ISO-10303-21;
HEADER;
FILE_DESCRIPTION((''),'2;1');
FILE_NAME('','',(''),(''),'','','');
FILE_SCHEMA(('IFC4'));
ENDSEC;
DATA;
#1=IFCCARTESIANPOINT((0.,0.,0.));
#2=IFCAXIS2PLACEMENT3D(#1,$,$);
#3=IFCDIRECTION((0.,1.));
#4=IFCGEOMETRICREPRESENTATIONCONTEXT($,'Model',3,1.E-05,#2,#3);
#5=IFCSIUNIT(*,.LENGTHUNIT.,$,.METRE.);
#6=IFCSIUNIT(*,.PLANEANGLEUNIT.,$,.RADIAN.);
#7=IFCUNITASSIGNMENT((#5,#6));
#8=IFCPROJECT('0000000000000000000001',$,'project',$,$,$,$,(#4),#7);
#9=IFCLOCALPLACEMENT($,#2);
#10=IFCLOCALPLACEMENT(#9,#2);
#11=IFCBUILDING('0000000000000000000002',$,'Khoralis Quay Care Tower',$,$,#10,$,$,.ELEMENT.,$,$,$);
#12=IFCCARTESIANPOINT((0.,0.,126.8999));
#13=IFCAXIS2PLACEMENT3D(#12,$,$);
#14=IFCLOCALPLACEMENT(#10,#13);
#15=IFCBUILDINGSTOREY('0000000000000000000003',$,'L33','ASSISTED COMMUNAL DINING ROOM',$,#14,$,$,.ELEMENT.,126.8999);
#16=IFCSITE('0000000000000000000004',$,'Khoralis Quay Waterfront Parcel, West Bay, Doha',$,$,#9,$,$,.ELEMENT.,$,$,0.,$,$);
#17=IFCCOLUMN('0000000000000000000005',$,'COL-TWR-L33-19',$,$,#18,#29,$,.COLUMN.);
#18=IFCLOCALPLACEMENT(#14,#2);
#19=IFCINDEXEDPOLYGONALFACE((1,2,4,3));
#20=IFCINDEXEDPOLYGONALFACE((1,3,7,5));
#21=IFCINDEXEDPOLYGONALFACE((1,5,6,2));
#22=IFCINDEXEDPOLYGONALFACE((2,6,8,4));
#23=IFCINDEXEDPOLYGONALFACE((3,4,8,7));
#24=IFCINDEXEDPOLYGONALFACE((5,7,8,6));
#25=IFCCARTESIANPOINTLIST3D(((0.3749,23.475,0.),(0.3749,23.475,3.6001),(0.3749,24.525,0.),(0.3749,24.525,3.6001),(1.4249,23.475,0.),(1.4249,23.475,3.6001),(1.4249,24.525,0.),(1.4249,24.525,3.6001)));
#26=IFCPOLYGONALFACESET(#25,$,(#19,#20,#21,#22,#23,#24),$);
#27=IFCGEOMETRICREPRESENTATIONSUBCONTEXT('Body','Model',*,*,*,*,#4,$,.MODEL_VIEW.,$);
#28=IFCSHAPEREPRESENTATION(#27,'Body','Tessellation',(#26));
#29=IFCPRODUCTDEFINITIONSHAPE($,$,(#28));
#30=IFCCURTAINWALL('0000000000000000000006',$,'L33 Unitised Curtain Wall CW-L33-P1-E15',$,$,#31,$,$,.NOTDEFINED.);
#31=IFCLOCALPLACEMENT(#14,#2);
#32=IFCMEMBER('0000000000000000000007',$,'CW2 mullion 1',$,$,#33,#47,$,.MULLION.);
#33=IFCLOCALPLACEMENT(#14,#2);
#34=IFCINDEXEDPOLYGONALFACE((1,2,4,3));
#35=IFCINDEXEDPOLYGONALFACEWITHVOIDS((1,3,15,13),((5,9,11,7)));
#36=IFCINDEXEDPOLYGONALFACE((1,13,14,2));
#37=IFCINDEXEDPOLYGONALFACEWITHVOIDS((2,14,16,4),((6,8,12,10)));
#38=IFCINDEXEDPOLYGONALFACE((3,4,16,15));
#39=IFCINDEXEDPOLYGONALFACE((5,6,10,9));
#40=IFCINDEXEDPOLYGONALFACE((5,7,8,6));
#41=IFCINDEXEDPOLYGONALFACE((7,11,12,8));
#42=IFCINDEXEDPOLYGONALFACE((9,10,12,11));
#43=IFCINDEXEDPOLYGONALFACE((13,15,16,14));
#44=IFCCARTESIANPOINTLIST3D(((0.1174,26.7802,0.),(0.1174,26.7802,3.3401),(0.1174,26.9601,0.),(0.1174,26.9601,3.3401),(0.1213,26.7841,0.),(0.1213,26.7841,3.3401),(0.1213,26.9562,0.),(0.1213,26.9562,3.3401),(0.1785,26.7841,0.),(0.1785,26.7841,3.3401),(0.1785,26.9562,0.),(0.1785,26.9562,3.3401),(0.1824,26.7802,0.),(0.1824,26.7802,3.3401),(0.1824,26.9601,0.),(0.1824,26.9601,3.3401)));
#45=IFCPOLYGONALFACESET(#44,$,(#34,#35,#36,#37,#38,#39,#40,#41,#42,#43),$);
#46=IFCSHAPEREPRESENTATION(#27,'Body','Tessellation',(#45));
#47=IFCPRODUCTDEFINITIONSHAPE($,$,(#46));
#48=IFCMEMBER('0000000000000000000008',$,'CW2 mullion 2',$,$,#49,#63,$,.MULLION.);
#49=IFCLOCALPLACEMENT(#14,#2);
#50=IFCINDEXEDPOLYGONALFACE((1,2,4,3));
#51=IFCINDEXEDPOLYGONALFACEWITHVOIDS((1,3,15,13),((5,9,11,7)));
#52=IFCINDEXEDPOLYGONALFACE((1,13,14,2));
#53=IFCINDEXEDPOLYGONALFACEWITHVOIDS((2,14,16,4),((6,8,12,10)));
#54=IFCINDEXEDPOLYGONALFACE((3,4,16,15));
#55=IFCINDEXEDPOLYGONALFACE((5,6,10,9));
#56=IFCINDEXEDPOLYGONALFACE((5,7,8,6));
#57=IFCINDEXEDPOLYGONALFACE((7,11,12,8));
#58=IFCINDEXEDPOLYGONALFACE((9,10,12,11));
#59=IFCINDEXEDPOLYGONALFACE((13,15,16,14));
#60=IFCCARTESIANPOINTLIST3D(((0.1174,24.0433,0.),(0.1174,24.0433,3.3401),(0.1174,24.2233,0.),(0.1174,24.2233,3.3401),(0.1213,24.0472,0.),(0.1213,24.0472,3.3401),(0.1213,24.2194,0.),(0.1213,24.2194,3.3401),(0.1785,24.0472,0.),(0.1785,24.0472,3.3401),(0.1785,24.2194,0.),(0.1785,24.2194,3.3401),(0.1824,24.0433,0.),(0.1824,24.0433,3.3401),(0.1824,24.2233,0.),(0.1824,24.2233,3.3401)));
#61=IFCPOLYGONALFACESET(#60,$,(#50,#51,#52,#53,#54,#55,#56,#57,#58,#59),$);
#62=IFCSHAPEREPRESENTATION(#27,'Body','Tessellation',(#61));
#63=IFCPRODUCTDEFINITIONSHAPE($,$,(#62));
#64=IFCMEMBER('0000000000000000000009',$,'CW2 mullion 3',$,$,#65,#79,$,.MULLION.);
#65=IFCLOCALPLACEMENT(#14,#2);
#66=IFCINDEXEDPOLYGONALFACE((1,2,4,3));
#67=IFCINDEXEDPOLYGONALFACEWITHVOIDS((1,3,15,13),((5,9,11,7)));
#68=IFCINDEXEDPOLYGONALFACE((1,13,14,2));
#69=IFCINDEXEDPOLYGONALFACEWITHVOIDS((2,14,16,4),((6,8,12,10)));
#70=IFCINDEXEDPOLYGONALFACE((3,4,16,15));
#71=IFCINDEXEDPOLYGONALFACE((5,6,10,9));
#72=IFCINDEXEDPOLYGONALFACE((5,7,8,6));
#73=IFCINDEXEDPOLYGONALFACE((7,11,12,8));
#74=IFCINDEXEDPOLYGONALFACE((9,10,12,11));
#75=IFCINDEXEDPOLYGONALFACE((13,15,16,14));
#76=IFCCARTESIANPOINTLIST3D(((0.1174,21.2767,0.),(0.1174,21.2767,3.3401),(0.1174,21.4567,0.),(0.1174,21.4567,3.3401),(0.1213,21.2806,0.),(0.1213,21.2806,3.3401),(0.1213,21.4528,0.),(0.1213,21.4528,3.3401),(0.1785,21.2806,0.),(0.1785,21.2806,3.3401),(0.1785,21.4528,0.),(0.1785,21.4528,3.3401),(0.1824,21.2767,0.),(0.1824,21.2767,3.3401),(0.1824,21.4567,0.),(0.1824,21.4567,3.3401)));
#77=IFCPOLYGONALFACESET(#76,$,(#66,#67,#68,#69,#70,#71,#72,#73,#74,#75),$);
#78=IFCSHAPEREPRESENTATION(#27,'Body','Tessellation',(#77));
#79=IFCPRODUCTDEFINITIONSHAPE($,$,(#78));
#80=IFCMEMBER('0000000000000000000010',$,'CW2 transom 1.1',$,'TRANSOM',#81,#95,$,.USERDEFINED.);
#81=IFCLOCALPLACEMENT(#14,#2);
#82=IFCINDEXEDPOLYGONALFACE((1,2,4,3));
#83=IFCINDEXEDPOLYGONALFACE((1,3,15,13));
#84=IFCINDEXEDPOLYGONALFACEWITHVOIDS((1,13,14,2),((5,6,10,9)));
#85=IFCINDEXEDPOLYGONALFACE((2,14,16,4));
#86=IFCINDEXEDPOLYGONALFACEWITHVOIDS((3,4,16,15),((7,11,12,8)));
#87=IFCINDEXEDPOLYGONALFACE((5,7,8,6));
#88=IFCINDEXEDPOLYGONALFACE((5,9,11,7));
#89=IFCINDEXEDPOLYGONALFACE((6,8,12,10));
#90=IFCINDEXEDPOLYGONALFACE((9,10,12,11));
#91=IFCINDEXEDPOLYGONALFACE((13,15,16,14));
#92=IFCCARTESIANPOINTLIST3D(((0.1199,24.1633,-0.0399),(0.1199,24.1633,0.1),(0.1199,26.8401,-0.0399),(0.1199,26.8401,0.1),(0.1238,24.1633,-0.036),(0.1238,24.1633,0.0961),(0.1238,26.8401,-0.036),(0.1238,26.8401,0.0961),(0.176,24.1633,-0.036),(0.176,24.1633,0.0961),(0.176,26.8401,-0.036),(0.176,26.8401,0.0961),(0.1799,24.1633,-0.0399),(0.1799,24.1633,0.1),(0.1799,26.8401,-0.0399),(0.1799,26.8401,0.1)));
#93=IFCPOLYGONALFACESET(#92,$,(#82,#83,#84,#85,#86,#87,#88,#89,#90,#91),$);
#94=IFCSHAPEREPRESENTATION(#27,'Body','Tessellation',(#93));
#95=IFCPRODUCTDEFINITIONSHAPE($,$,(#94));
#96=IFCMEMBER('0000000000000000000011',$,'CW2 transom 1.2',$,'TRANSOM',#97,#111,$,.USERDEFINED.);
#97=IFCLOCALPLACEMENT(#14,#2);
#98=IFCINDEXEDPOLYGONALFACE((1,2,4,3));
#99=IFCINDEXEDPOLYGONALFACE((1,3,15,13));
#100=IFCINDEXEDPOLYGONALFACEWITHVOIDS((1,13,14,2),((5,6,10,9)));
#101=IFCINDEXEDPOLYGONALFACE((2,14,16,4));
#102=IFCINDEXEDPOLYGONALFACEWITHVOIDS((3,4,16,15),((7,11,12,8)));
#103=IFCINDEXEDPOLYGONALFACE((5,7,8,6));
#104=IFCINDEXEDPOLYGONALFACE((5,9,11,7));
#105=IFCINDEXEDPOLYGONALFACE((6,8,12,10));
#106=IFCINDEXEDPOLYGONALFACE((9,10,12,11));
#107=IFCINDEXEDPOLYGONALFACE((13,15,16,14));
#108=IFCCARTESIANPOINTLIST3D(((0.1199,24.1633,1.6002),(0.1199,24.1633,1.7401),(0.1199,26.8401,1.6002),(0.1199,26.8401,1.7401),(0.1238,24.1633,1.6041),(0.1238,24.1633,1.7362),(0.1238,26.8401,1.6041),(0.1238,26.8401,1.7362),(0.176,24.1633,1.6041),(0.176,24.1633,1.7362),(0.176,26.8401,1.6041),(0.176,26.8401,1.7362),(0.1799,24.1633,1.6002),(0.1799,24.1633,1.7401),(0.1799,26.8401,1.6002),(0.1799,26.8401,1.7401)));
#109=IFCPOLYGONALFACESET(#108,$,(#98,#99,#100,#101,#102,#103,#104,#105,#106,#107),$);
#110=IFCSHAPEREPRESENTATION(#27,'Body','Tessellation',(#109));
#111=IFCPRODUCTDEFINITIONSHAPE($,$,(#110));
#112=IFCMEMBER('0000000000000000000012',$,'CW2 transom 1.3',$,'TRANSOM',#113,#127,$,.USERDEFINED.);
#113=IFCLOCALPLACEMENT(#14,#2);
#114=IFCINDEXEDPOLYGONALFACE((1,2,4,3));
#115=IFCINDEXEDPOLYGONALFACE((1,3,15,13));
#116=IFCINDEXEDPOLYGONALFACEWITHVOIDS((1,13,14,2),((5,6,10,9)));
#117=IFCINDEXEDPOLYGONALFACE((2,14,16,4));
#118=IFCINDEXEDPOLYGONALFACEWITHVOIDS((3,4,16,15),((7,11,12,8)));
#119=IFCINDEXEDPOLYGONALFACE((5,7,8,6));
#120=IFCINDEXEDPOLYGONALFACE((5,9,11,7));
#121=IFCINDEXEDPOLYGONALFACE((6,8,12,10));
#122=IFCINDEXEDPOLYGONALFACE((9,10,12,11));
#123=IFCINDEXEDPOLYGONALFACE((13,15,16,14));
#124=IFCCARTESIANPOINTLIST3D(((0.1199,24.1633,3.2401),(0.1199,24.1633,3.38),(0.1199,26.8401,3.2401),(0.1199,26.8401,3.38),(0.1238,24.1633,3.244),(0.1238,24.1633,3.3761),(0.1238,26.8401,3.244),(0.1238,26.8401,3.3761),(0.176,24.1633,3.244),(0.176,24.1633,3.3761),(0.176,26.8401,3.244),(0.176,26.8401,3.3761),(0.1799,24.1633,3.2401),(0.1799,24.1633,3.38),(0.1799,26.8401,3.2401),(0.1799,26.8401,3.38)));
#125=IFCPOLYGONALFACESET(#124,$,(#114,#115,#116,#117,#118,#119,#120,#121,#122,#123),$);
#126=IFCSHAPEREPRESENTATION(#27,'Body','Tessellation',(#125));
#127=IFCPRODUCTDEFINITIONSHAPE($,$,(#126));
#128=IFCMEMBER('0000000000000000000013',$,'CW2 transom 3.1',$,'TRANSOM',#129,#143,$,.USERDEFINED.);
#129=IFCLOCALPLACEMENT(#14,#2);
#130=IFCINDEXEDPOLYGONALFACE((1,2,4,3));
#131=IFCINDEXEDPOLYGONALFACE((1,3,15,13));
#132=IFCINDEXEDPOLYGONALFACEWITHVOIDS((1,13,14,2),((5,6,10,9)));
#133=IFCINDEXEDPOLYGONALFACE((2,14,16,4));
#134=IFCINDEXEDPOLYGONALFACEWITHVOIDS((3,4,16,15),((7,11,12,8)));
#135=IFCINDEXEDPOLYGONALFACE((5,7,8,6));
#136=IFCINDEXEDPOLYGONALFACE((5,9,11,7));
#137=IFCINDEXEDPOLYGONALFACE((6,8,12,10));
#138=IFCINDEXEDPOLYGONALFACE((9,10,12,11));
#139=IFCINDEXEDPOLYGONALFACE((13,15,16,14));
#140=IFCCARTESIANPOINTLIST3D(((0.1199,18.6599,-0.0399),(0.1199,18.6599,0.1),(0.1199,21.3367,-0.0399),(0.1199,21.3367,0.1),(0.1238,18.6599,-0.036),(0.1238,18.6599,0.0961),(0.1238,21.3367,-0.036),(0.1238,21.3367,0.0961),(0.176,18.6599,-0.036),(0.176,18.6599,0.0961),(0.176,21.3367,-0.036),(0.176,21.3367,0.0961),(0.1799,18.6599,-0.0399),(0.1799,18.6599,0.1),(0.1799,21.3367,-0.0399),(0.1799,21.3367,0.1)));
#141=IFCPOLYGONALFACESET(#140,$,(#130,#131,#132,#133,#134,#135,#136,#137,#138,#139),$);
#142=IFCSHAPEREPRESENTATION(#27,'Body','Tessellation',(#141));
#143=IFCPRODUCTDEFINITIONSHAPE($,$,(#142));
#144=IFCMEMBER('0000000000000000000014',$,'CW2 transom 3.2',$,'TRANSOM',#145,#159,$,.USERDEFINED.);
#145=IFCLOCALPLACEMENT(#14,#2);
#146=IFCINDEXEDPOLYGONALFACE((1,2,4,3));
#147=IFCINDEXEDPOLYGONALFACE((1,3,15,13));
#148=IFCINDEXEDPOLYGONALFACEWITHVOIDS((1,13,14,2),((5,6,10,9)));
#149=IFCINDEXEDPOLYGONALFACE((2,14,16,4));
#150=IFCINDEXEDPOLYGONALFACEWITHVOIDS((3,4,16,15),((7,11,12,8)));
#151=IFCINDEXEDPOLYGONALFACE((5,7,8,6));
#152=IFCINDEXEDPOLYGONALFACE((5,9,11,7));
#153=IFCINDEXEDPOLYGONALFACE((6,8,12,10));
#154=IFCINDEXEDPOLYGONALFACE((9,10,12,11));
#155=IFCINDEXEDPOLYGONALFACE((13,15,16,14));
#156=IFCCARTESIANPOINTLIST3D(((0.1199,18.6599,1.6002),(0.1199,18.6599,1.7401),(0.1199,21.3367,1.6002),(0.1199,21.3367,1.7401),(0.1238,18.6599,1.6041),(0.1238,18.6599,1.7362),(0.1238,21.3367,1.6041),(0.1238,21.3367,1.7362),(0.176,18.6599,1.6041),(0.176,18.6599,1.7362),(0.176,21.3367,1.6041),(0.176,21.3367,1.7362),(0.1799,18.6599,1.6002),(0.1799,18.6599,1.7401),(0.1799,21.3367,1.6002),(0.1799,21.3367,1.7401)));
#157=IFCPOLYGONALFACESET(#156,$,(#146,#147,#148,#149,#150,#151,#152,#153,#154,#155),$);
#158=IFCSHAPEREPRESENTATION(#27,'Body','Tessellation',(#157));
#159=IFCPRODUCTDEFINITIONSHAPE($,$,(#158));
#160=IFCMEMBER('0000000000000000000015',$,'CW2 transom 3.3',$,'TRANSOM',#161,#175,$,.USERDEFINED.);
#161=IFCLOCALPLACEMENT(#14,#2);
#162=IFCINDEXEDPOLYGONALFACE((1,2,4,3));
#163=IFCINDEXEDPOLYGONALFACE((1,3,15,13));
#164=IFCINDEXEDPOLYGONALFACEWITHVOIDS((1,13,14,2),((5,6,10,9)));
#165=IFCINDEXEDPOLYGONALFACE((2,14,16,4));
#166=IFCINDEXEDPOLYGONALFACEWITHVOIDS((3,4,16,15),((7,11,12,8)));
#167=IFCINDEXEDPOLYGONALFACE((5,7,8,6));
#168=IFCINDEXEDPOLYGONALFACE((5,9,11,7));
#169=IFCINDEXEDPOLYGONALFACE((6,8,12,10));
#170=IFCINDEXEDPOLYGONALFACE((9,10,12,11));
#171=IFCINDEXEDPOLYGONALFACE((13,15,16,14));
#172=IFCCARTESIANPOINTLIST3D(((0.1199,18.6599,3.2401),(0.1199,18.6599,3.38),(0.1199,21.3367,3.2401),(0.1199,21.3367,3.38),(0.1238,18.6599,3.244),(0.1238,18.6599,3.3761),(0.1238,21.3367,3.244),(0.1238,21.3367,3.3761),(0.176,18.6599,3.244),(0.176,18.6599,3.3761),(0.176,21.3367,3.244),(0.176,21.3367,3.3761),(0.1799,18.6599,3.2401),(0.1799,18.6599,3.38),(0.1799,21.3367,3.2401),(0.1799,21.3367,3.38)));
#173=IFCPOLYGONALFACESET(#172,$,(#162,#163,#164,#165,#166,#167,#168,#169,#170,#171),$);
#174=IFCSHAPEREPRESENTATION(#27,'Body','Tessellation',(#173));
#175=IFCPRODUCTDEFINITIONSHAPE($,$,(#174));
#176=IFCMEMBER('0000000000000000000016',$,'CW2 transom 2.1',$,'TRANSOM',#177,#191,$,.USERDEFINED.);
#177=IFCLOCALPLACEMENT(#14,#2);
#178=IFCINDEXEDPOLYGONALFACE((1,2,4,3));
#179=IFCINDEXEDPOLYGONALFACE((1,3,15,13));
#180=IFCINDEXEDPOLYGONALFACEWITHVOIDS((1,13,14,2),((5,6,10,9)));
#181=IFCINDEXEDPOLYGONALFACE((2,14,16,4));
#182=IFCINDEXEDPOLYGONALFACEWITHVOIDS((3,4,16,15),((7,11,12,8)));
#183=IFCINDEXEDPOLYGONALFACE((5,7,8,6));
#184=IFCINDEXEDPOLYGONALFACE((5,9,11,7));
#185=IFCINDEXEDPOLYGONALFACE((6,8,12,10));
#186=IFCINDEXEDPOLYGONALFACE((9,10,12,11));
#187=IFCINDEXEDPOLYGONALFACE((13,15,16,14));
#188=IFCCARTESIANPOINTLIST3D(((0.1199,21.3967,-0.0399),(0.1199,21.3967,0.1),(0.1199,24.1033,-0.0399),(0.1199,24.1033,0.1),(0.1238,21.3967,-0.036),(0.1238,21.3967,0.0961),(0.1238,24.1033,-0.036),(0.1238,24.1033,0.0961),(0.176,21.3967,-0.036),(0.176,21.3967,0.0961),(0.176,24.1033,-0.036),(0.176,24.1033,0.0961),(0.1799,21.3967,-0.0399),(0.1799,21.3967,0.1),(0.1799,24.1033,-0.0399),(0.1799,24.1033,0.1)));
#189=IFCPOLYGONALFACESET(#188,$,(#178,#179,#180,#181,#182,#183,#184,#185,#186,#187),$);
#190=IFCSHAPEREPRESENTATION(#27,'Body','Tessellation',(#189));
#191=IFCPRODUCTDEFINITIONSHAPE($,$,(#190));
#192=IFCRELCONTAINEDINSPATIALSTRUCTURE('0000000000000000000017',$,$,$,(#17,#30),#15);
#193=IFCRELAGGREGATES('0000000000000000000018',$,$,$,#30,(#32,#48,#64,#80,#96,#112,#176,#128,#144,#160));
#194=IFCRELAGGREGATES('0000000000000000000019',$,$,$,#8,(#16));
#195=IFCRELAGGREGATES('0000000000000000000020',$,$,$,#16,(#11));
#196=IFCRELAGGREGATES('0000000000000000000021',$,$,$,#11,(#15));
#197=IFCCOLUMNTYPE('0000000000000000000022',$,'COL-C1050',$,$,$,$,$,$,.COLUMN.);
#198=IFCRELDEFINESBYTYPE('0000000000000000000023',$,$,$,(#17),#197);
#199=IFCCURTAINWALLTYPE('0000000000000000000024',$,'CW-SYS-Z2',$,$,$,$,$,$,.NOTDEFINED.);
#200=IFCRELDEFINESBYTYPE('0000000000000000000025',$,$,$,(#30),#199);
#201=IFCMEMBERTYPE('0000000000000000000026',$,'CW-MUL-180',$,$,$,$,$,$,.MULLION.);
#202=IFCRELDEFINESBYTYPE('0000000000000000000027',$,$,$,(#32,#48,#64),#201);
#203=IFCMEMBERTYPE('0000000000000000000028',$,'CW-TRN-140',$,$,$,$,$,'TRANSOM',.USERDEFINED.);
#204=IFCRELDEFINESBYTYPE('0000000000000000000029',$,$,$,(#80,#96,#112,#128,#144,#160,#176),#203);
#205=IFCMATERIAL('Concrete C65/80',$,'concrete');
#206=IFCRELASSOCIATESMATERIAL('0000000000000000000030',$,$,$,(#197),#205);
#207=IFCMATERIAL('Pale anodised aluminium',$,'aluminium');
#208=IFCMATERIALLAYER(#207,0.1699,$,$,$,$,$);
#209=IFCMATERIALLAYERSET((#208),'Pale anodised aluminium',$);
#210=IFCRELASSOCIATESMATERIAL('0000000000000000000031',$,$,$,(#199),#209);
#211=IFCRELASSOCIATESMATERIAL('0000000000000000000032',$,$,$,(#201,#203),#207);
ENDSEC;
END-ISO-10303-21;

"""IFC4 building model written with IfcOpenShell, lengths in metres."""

from ifc_helpers import new_model, si_unit, direction, frame, origin, origin_2d, place, context, subcontext, project, spatial, rectangle, hollow_rectangle, extrude, source, transform, mapped, material, layer, layer_set, material_profile, profile_set, type_object, element, aggregate, save


model = new_model("IFC4")

# Units and contexts
model_context = context("Model", 3, precision=1e-05, world=origin(), true_north=direction((0.0, 1.0)))
body_context = subcontext(model_context, "Body", "Model", "MODEL_VIEW")
ifc_project = project(units=[si_unit("LENGTHUNIT", "METRE"), si_unit("PLANEANGLEUNIT", "RADIAN")], contexts=[model_context])

# Site, building, storey
site_placement = place(None, origin())
site = spatial("IfcSite", under=ifc_project, at=site_placement, Name="Khoralis Quay Waterfront Parcel, West Bay, Doha", CompositionType="ELEMENT", RefElevation=0.0)
building_placement = place(site_placement, origin())
building = spatial("IfcBuilding", under=site, at=building_placement, Name="Khoralis Quay Care Tower", CompositionType="ELEMENT")
storey_placement = place(building_placement, frame((0.0, 0.0, 126.8999)))
storey = spatial("IfcBuildingStorey", under=building, at=storey_placement, Name="L33", Description="ASSISTED COMMUNAL DINING ROOM", CompositionType="ELEMENT", Elevation=126.8999)

# Column
ifc_material_1 = material(Name="Concrete C65/80", Category="concrete")
ifc_material_profile_1 = material_profile(ifc_material_1, rectangle(XDim=1.05, YDim=1.05, at=origin_2d()), Name="Concrete C65/80")
ifc_profile_set_1 = profile_set([ifc_material_profile_1], Name="Concrete C65/80")
column_type = type_object("IfcColumnType", Name="COL-C1050", PredefinedType="COLUMN", material=ifc_profile_set_1)
shared_shape_1 = source(origin(), body_context, "Body", "SweptSolid", [
    extrude(rectangle(XDim=1.05, YDim=1.05, at=origin_2d()), origin(), (0.0, 0.0, 1.0), 3.6001),
])
column_placement = place(storey_placement, frame((0.8999, 24.0, 0.0), z_axis=(0.0, 0.0, 1.0), x_axis=(1.0, 0.0, 0.0)))
element("IfcColumn", 1, at=column_placement, inside=storey, type_object=column_type, Name="COL-TWR-L33-19", PredefinedType="COLUMN", context=body_context, shape_type="MappedRepresentation", body=[
    mapped(shared_shape_1, transform((0.0, 0.0, 0.0), scale=1.0)),
])

# Curtain wall, members
ifc_material_2 = material(Name="Pale anodised aluminium", Category="aluminium")
ifc_layer_1 = layer(ifc_material_2, 0.1699)
ifc_layer_set_1 = layer_set([ifc_layer_1], Name="Pale anodised aluminium")
curtain_wall_type = type_object("IfcCurtainWallType", Name="CW-SYS-Z2", PredefinedType="NOTDEFINED", material=ifc_layer_set_1)
curtain_wall_placement = place(storey_placement, origin())
curtain_wall = element("IfcCurtainWall", 2, at=curtain_wall_placement, inside=storey, type_object=curtain_wall_type, Name="L33 Unitised Curtain Wall CW-L33-P1-E15", PredefinedType="NOTDEFINED")
ifc_material_profile_2 = material_profile(ifc_material_2, hollow_rectangle(XDim=0.0649, YDim=0.1799, WallThickness=0.0039, at=origin_2d()), Name="Pale anodised aluminium")
ifc_profile_set_2 = profile_set([ifc_material_profile_2], Name="Pale anodised aluminium")
member_type_1 = type_object("IfcMemberType", Name="CW-MUL-180", PredefinedType="MULLION", material=ifc_profile_set_2)
shared_shape_2 = source(origin(), body_context, "Body", "SweptSolid", [
    extrude(hollow_rectangle(XDim=0.0649, YDim=0.1799, WallThickness=0.0039, at=origin_2d()), origin(), (0.0, 0.0, 1.0), 3.3401),
])
member_1_placement = place(storey_placement, frame((0.1499, 26.8701, 0.0), z_axis=(0.0, 0.0, 1.0), x_axis=(1.0, 0.0, 0.0)))
member_1 = element("IfcMember", 3, at=member_1_placement, type_object=member_type_1, Name="CW2 mullion 1", PredefinedType="MULLION", context=body_context, shape_type="MappedRepresentation", body=[
    mapped(shared_shape_2, transform((0.0, 0.0, 0.0), scale=1.0)),
])
member_2_placement = place(storey_placement, frame((0.1499, 24.1333, 0.0), z_axis=(0.0, 0.0, 1.0), x_axis=(1.0, 0.0, 0.0)))
member_2 = element("IfcMember", 4, at=member_2_placement, type_object=member_type_1, Name="CW2 mullion 2", PredefinedType="MULLION", context=body_context, shape_type="MappedRepresentation", body=[
    mapped(shared_shape_2, transform((0.0, 0.0, 0.0), scale=1.0)),
])
member_3_placement = place(storey_placement, frame((0.1499, 21.3667, 0.0), z_axis=(0.0, 0.0, 1.0), x_axis=(1.0, 0.0, 0.0)))
member_3 = element("IfcMember", 5, at=member_3_placement, type_object=member_type_1, Name="CW2 mullion 3", PredefinedType="MULLION", context=body_context, shape_type="MappedRepresentation", body=[
    mapped(shared_shape_2, transform((0.0, 0.0, 0.0), scale=1.0)),
])
ifc_material_profile_3 = material_profile(ifc_material_2, hollow_rectangle(XDim=0.0601, YDim=0.1399, WallThickness=0.0039, at=origin_2d()), Name="Pale anodised aluminium")
ifc_profile_set_3 = profile_set([ifc_material_profile_3], Name="Pale anodised aluminium")
member_type_2 = type_object("IfcMemberType", Name="CW-TRN-140", ElementType="TRANSOM", PredefinedType="USERDEFINED", material=ifc_profile_set_3)
shared_shape_3 = source(origin(), body_context, "Body", "SweptSolid", [
    extrude(hollow_rectangle(XDim=0.0601, YDim=0.1399, WallThickness=0.0039, at=origin_2d()), origin(), (0.0, 0.0, 1.0), 2.6768),
])
member_4_placement = place(storey_placement, frame((0.1499, 26.8401, 0.03), z_axis=(0.0, -1.0, 0.0), x_axis=(1.0, 0.0, 0.0)))
member_4 = element("IfcMember", 6, at=member_4_placement, type_object=member_type_2, Name="CW2 transom 1.1", ObjectType="TRANSOM", PredefinedType="USERDEFINED", context=body_context, shape_type="MappedRepresentation", body=[
    mapped(shared_shape_3, transform((0.0, 0.0, 0.0), scale=1.0)),
])
member_5_placement = place(storey_placement, frame((0.1499, 26.8401, 1.6702), z_axis=(0.0, -1.0, 0.0), x_axis=(1.0, 0.0, 0.0)))
member_5 = element("IfcMember", 7, at=member_5_placement, type_object=member_type_2, Name="CW2 transom 1.2", ObjectType="TRANSOM", PredefinedType="USERDEFINED", context=body_context, shape_type="MappedRepresentation", body=[
    mapped(shared_shape_3, transform((0.0, 0.0, 0.0), scale=1.0)),
])
member_6_placement = place(storey_placement, frame((0.1499, 26.8401, 3.3101), z_axis=(0.0, -1.0, 0.0), x_axis=(1.0, 0.0, 0.0)))
member_6 = element("IfcMember", 8, at=member_6_placement, type_object=member_type_2, Name="CW2 transom 1.3", ObjectType="TRANSOM", PredefinedType="USERDEFINED", context=body_context, shape_type="MappedRepresentation", body=[
    mapped(shared_shape_3, transform((0.0, 0.0, 0.0), scale=1.0)),
])
member_7_placement = place(storey_placement, frame((0.1499, 21.3367, 0.03), z_axis=(0.0, -1.0, 0.0), x_axis=(1.0, 0.0, 0.0)))
member_7 = element("IfcMember", 9, at=member_7_placement, type_object=member_type_2, Name="CW2 transom 3.1", ObjectType="TRANSOM", PredefinedType="USERDEFINED", context=body_context, shape_type="MappedRepresentation", body=[
    mapped(shared_shape_3, transform((0.0, 0.0, 0.0), scale=1.0)),
])
member_8_placement = place(storey_placement, frame((0.1499, 21.3367, 1.6702), z_axis=(0.0, -1.0, 0.0), x_axis=(1.0, 0.0, 0.0)))
member_8 = element("IfcMember", 10, at=member_8_placement, type_object=member_type_2, Name="CW2 transom 3.2", ObjectType="TRANSOM", PredefinedType="USERDEFINED", context=body_context, shape_type="MappedRepresentation", body=[
    mapped(shared_shape_3, transform((0.0, 0.0, 0.0), scale=1.0)),
])
member_9_placement = place(storey_placement, frame((0.1499, 21.3367, 3.3101), z_axis=(0.0, -1.0, 0.0), x_axis=(1.0, 0.0, 0.0)))
member_9 = element("IfcMember", 11, at=member_9_placement, type_object=member_type_2, Name="CW2 transom 3.3", ObjectType="TRANSOM", PredefinedType="USERDEFINED", context=body_context, shape_type="MappedRepresentation", body=[
    mapped(shared_shape_3, transform((0.0, 0.0, 0.0), scale=1.0)),
])
shared_shape_4 = source(origin(), body_context, "Body", "SweptSolid", [
    extrude(hollow_rectangle(XDim=0.0601, YDim=0.1399, WallThickness=0.0039, at=origin_2d()), origin(), (0.0, 0.0, 1.0), 2.7065),
])
member_10_placement = place(storey_placement, frame((0.1499, 24.1033, 0.03), z_axis=(0.0, -1.0, 0.0), x_axis=(1.0, 0.0, 0.0)))
member_10 = element("IfcMember", 12, at=member_10_placement, type_object=member_type_2, Name="CW2 transom 2.1", ObjectType="TRANSOM", PredefinedType="USERDEFINED", context=body_context, shape_type="MappedRepresentation", body=[
    mapped(shared_shape_4, transform((0.0, 0.0, 0.0), scale=1.0)),
])
aggregate(curtain_wall, [member_1, member_2, member_3, member_4, member_5, member_6, member_10, member_7, member_8, member_9])

save(model, "model.ifc")
